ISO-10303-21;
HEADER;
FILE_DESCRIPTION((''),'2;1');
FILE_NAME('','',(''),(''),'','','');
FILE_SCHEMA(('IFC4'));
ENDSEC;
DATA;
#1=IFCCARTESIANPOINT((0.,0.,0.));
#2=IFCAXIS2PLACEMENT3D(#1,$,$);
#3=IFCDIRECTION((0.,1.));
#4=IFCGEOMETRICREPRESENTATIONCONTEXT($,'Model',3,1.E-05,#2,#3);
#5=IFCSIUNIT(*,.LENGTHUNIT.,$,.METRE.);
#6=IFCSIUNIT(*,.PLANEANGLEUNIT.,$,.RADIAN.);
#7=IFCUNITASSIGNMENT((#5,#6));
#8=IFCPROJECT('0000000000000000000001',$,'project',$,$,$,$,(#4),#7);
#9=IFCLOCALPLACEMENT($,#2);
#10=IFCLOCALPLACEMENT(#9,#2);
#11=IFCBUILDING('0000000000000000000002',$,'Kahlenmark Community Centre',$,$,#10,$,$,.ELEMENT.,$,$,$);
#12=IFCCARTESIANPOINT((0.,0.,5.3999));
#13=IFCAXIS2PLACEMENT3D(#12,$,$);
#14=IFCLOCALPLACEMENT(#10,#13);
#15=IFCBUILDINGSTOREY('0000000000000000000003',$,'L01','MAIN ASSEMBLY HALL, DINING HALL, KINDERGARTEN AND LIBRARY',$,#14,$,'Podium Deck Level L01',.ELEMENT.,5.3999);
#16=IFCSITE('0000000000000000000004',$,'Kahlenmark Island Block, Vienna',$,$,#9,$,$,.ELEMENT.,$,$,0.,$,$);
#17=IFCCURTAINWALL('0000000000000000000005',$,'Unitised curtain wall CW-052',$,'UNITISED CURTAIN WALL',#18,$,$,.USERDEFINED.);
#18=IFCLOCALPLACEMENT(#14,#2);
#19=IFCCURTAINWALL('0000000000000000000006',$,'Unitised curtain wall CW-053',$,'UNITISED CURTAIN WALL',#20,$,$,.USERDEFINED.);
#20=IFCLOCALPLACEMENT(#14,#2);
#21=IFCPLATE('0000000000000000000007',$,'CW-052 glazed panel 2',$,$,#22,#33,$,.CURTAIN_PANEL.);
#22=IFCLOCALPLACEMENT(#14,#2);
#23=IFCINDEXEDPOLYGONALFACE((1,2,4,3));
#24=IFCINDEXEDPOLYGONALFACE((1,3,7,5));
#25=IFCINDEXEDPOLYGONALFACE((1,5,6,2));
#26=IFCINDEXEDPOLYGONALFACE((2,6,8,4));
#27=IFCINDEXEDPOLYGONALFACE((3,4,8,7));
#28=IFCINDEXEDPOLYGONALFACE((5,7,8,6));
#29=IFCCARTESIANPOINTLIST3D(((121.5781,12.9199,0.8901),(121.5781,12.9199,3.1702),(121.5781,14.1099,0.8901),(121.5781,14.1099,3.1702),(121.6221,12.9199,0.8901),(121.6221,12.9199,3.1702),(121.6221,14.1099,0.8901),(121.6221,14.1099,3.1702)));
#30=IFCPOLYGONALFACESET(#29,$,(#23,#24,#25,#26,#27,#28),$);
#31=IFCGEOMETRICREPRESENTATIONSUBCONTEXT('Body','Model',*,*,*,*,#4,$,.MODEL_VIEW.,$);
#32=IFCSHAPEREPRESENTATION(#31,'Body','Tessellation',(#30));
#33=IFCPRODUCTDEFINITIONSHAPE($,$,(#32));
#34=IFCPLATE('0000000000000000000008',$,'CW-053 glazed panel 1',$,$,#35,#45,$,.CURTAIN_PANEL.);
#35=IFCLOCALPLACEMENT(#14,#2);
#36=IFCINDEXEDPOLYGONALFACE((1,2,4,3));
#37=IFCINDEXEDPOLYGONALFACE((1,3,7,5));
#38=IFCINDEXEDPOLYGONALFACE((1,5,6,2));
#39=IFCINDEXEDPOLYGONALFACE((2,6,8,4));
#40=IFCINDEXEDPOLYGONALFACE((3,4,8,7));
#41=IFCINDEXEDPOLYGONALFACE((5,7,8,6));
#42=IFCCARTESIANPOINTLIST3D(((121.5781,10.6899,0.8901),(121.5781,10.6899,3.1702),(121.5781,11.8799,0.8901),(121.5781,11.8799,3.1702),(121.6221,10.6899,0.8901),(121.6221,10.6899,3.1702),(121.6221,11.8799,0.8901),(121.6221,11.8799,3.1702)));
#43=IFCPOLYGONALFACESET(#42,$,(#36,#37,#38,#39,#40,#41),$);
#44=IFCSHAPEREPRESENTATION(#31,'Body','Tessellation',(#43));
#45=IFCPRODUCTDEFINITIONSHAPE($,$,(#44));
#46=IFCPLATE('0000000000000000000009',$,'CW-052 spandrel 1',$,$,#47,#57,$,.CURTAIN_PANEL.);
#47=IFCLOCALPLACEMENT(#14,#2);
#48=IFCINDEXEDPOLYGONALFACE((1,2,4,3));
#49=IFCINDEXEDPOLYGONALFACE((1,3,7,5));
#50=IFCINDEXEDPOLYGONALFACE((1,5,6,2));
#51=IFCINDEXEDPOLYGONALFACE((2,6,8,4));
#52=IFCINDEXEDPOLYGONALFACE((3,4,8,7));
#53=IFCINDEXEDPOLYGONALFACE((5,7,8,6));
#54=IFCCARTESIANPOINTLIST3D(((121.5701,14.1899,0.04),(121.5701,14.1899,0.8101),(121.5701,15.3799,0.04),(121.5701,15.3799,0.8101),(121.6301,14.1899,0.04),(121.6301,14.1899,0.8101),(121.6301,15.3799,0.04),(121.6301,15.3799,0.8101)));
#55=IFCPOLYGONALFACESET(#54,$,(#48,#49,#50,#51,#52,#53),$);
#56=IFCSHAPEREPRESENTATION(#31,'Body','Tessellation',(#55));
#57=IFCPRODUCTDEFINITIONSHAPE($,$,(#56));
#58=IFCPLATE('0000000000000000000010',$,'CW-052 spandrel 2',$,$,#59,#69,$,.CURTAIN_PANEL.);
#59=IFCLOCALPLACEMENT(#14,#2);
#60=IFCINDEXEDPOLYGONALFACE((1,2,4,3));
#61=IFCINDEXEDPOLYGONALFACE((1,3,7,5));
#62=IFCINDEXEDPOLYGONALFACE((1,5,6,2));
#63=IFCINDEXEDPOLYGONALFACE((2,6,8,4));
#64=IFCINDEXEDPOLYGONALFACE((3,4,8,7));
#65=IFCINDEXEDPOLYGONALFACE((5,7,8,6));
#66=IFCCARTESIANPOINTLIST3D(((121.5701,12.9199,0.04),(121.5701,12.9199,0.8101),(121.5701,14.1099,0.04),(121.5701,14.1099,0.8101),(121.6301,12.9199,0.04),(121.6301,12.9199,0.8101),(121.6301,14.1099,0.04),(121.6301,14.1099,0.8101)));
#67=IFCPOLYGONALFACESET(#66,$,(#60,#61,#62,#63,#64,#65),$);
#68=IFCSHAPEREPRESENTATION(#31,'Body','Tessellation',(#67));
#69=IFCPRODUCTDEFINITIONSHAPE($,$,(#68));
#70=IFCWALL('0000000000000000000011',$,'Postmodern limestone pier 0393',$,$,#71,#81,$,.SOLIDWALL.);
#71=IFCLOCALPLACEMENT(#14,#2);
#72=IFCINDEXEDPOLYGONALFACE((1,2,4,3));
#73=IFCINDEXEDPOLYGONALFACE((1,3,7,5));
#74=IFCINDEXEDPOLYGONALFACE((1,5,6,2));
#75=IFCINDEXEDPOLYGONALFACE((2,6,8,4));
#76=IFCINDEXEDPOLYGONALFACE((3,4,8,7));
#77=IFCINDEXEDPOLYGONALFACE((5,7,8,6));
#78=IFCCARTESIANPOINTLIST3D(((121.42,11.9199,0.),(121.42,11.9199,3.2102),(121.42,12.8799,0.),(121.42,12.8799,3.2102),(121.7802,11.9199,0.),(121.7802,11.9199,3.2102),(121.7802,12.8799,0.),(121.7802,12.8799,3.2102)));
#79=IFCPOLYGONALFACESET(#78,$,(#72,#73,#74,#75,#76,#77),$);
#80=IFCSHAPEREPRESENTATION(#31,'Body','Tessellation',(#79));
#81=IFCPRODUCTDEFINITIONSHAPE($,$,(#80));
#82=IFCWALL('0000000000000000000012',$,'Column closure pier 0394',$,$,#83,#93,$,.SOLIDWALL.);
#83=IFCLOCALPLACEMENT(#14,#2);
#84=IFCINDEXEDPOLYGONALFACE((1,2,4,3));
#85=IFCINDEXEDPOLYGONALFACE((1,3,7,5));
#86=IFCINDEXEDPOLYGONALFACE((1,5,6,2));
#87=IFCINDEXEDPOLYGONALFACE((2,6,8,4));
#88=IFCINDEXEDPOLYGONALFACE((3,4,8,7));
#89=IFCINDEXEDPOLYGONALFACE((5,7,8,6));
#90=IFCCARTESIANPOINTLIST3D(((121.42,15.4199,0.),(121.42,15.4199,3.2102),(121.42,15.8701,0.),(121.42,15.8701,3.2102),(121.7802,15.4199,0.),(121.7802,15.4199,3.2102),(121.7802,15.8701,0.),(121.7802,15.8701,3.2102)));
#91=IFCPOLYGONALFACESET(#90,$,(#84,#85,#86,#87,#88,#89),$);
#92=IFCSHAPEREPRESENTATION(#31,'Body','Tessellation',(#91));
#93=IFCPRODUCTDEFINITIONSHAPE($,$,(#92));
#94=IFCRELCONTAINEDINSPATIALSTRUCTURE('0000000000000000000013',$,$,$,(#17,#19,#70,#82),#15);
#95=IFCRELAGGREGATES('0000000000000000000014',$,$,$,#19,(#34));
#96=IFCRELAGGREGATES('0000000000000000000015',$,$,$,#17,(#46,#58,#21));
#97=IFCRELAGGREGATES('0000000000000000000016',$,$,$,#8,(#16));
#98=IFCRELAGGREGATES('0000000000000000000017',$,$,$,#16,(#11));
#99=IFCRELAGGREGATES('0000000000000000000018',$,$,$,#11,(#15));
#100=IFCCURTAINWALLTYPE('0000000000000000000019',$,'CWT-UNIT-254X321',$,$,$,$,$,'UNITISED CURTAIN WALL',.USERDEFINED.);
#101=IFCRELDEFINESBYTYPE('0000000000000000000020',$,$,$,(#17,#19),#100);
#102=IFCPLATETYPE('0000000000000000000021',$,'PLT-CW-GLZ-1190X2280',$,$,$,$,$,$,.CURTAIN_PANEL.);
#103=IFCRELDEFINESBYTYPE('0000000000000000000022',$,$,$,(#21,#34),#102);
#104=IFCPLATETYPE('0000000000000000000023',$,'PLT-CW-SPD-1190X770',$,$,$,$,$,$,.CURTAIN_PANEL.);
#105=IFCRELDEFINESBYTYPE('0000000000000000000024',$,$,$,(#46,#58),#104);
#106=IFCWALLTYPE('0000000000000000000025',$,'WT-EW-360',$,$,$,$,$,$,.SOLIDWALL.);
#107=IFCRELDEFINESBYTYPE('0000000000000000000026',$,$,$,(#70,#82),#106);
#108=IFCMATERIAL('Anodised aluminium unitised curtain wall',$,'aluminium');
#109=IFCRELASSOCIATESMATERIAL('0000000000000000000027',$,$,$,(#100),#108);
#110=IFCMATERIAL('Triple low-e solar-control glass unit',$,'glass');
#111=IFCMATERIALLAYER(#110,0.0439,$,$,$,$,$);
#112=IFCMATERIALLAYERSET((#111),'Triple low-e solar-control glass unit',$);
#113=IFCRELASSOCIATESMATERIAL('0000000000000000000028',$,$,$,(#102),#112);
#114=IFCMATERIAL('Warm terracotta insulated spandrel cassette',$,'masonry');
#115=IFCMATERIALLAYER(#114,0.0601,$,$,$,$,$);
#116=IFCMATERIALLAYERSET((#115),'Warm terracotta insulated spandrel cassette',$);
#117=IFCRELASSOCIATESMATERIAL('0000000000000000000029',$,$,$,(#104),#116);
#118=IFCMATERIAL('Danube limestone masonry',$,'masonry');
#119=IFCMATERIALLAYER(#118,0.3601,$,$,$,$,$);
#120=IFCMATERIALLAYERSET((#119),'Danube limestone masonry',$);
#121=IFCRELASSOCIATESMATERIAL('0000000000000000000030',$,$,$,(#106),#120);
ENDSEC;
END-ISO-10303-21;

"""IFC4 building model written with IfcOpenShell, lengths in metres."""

from ifc_helpers import new_model, si_unit, direction, frame, frame_2d, origin, origin_2d, place, context, subcontext, project, spatial, rectangle, extrude, material, layer, layer_set, type_object, element, aggregate, save


model = new_model("IFC4")

# Units and contexts
model_context = context("Model", 3, precision=1e-05, world=origin(), true_north=direction((0.0, 1.0)))
body_context = subcontext(model_context, "Body", "Model", "MODEL_VIEW")
ifc_project = project(units=[si_unit("LENGTHUNIT", "METRE"), si_unit("PLANEANGLEUNIT", "RADIAN")], contexts=[model_context])

# Site, building, storey
site_placement = place(None, origin())
site = spatial("IfcSite", under=ifc_project, at=site_placement, Name="Kahlenmark Island Block, Vienna", CompositionType="ELEMENT", RefElevation=0.0)
building_placement = place(site_placement, origin())
building = spatial("IfcBuilding", under=site, at=building_placement, Name="Kahlenmark Community Centre", CompositionType="ELEMENT")
storey_placement = place(building_placement, frame((0.0, 0.0, 5.3999)))
storey = spatial("IfcBuildingStorey", under=building, at=storey_placement, Name="L01", Description="MAIN ASSEMBLY HALL, DINING HALL, KINDERGARTEN AND LIBRARY", LongName="Podium Deck Level L01", CompositionType="ELEMENT", Elevation=5.3999)

# Curtain wall
ifc_material_1 = material(Name="Anodised aluminium unitised curtain wall", Category="aluminium")
curtain_wall_type = type_object("IfcCurtainWallType", Name="CWT-UNIT-254X321", ElementType="UNITISED CURTAIN WALL", PredefinedType="USERDEFINED", material=ifc_material_1)
curtain_wall_1_placement = place(storey_placement, origin())
curtain_wall_1 = element("IfcCurtainWall", 1, at=curtain_wall_1_placement, inside=storey, type_object=curtain_wall_type, Name="Unitised curtain wall CW-052", ObjectType="UNITISED CURTAIN WALL", PredefinedType="USERDEFINED")

# Curtain wall
curtain_wall_2_placement = place(storey_placement, origin())
curtain_wall_2 = element("IfcCurtainWall", 2, at=curtain_wall_2_placement, inside=storey, type_object=curtain_wall_type, Name="Unitised curtain wall CW-053", ObjectType="UNITISED CURTAIN WALL", PredefinedType="USERDEFINED")

# Plates
ifc_material_2 = material(Name="Triple low-e solar-control glass unit", Category="glass")
ifc_layer_1 = layer(ifc_material_2, 0.0439)
ifc_layer_set_1 = layer_set([ifc_layer_1], Name="Triple low-e solar-control glass unit")
plate_type_1 = type_object("IfcPlateType", Name="PLT-CW-GLZ-1190X2280", PredefinedType="CURTAIN_PANEL", material=ifc_layer_set_1)
plate_1_placement = place(storey_placement, frame((121.6001, 13.5149, 0.8901), z_axis=(0.0, 0.0, 1.0), x_axis=(0.0, -1.0, 0.0)))
plate_1 = element("IfcPlate", 3, at=plate_1_placement, type_object=plate_type_1, Name="CW-052 glazed panel 2", PredefinedType="CURTAIN_PANEL", context=body_context, shape_type="SweptSolid", body=[
    extrude(rectangle(XDim=1.1899, YDim=0.0439, at=origin_2d()), origin(), (0.0, 0.0, 1.0), 2.28),
])
plate_2_placement = place(storey_placement, frame((121.6001, 11.2849, 0.8901), z_axis=(0.0, 0.0, 1.0), x_axis=(0.0, -1.0, 0.0)))
plate_2 = element("IfcPlate", 4, at=plate_2_placement, type_object=plate_type_1, Name="CW-053 glazed panel 1", PredefinedType="CURTAIN_PANEL", context=body_context, shape_type="SweptSolid", body=[
    extrude(rectangle(XDim=1.1899, YDim=0.0439, at=origin_2d()), origin(), (0.0, 0.0, 1.0), 2.28),
])
aggregate(curtain_wall_2, [plate_2])
ifc_material_3 = material(Name="Warm terracotta insulated spandrel cassette", Category="masonry")
ifc_layer_2 = layer(ifc_material_3, 0.0601)
ifc_layer_set_2 = layer_set([ifc_layer_2], Name="Warm terracotta insulated spandrel cassette")
plate_type_2 = type_object("IfcPlateType", Name="PLT-CW-SPD-1190X770", PredefinedType="CURTAIN_PANEL", material=ifc_layer_set_2)
plate_3_placement = place(storey_placement, frame((121.6001, 14.7849, 0.04), z_axis=(0.0, 0.0, 1.0), x_axis=(0.0, -1.0, 0.0)))
plate_3 = element("IfcPlate", 5, at=plate_3_placement, type_object=plate_type_2, Name="CW-052 spandrel 1", PredefinedType="CURTAIN_PANEL", context=body_context, shape_type="SweptSolid", body=[
    extrude(rectangle(XDim=1.1899, YDim=0.0601, at=origin_2d()), origin(), (0.0, 0.0, 1.0), 0.77),
])
plate_4_placement = place(storey_placement, frame((121.6001, 13.5149, 0.04), z_axis=(0.0, 0.0, 1.0), x_axis=(0.0, -1.0, 0.0)))
plate_4 = element("IfcPlate", 6, at=plate_4_placement, type_object=plate_type_2, Name="CW-052 spandrel 2", PredefinedType="CURTAIN_PANEL", context=body_context, shape_type="SweptSolid", body=[
    extrude(rectangle(XDim=1.1899, YDim=0.0601, at=origin_2d()), origin(), (0.0, 0.0, 1.0), 0.77),
])
aggregate(curtain_wall_1, [plate_3, plate_4, plate_1])

# Walls
ifc_material_4 = material(Name="Danube limestone masonry", Category="masonry")
ifc_layer_3 = layer(ifc_material_4, 0.3601)
ifc_layer_set_3 = layer_set([ifc_layer_3], Name="Danube limestone masonry")
wall_type = type_object("IfcWallType", Name="WT-EW-360", PredefinedType="SOLIDWALL", material=ifc_layer_set_3)
wall_1_placement = place(storey_placement, frame((121.6001, 12.8799, 0.0), z_axis=(0.0, 0.0, 1.0), x_axis=(0.0, -1.0, 0.0)))
element("IfcWall", 7, at=wall_1_placement, inside=storey, type_object=wall_type, Name="Postmodern limestone pier 0393", PredefinedType="SOLIDWALL", context=body_context, shape_type="SweptSolid", body=[
    extrude(rectangle(XDim=0.96, YDim=0.3601, at=frame_2d((0.48, 0.0))), origin(), (0.0, 0.0, 1.0), 3.2102),
])
wall_2_placement = place(storey_placement, frame((121.6001, 15.8701, 0.0), z_axis=(0.0, 0.0, 1.0), x_axis=(0.0, -1.0, 0.0)))
element("IfcWall", 8, at=wall_2_placement, inside=storey, type_object=wall_type, Name="Column closure pier 0394", PredefinedType="SOLIDWALL", context=body_context, shape_type="SweptSolid", body=[
    extrude(rectangle(XDim=0.4502, YDim=0.3601, at=frame_2d((0.2251, 0.0))), origin(), (0.0, 0.0, 1.0), 3.2102),
])

save(model, "model.ifc")
